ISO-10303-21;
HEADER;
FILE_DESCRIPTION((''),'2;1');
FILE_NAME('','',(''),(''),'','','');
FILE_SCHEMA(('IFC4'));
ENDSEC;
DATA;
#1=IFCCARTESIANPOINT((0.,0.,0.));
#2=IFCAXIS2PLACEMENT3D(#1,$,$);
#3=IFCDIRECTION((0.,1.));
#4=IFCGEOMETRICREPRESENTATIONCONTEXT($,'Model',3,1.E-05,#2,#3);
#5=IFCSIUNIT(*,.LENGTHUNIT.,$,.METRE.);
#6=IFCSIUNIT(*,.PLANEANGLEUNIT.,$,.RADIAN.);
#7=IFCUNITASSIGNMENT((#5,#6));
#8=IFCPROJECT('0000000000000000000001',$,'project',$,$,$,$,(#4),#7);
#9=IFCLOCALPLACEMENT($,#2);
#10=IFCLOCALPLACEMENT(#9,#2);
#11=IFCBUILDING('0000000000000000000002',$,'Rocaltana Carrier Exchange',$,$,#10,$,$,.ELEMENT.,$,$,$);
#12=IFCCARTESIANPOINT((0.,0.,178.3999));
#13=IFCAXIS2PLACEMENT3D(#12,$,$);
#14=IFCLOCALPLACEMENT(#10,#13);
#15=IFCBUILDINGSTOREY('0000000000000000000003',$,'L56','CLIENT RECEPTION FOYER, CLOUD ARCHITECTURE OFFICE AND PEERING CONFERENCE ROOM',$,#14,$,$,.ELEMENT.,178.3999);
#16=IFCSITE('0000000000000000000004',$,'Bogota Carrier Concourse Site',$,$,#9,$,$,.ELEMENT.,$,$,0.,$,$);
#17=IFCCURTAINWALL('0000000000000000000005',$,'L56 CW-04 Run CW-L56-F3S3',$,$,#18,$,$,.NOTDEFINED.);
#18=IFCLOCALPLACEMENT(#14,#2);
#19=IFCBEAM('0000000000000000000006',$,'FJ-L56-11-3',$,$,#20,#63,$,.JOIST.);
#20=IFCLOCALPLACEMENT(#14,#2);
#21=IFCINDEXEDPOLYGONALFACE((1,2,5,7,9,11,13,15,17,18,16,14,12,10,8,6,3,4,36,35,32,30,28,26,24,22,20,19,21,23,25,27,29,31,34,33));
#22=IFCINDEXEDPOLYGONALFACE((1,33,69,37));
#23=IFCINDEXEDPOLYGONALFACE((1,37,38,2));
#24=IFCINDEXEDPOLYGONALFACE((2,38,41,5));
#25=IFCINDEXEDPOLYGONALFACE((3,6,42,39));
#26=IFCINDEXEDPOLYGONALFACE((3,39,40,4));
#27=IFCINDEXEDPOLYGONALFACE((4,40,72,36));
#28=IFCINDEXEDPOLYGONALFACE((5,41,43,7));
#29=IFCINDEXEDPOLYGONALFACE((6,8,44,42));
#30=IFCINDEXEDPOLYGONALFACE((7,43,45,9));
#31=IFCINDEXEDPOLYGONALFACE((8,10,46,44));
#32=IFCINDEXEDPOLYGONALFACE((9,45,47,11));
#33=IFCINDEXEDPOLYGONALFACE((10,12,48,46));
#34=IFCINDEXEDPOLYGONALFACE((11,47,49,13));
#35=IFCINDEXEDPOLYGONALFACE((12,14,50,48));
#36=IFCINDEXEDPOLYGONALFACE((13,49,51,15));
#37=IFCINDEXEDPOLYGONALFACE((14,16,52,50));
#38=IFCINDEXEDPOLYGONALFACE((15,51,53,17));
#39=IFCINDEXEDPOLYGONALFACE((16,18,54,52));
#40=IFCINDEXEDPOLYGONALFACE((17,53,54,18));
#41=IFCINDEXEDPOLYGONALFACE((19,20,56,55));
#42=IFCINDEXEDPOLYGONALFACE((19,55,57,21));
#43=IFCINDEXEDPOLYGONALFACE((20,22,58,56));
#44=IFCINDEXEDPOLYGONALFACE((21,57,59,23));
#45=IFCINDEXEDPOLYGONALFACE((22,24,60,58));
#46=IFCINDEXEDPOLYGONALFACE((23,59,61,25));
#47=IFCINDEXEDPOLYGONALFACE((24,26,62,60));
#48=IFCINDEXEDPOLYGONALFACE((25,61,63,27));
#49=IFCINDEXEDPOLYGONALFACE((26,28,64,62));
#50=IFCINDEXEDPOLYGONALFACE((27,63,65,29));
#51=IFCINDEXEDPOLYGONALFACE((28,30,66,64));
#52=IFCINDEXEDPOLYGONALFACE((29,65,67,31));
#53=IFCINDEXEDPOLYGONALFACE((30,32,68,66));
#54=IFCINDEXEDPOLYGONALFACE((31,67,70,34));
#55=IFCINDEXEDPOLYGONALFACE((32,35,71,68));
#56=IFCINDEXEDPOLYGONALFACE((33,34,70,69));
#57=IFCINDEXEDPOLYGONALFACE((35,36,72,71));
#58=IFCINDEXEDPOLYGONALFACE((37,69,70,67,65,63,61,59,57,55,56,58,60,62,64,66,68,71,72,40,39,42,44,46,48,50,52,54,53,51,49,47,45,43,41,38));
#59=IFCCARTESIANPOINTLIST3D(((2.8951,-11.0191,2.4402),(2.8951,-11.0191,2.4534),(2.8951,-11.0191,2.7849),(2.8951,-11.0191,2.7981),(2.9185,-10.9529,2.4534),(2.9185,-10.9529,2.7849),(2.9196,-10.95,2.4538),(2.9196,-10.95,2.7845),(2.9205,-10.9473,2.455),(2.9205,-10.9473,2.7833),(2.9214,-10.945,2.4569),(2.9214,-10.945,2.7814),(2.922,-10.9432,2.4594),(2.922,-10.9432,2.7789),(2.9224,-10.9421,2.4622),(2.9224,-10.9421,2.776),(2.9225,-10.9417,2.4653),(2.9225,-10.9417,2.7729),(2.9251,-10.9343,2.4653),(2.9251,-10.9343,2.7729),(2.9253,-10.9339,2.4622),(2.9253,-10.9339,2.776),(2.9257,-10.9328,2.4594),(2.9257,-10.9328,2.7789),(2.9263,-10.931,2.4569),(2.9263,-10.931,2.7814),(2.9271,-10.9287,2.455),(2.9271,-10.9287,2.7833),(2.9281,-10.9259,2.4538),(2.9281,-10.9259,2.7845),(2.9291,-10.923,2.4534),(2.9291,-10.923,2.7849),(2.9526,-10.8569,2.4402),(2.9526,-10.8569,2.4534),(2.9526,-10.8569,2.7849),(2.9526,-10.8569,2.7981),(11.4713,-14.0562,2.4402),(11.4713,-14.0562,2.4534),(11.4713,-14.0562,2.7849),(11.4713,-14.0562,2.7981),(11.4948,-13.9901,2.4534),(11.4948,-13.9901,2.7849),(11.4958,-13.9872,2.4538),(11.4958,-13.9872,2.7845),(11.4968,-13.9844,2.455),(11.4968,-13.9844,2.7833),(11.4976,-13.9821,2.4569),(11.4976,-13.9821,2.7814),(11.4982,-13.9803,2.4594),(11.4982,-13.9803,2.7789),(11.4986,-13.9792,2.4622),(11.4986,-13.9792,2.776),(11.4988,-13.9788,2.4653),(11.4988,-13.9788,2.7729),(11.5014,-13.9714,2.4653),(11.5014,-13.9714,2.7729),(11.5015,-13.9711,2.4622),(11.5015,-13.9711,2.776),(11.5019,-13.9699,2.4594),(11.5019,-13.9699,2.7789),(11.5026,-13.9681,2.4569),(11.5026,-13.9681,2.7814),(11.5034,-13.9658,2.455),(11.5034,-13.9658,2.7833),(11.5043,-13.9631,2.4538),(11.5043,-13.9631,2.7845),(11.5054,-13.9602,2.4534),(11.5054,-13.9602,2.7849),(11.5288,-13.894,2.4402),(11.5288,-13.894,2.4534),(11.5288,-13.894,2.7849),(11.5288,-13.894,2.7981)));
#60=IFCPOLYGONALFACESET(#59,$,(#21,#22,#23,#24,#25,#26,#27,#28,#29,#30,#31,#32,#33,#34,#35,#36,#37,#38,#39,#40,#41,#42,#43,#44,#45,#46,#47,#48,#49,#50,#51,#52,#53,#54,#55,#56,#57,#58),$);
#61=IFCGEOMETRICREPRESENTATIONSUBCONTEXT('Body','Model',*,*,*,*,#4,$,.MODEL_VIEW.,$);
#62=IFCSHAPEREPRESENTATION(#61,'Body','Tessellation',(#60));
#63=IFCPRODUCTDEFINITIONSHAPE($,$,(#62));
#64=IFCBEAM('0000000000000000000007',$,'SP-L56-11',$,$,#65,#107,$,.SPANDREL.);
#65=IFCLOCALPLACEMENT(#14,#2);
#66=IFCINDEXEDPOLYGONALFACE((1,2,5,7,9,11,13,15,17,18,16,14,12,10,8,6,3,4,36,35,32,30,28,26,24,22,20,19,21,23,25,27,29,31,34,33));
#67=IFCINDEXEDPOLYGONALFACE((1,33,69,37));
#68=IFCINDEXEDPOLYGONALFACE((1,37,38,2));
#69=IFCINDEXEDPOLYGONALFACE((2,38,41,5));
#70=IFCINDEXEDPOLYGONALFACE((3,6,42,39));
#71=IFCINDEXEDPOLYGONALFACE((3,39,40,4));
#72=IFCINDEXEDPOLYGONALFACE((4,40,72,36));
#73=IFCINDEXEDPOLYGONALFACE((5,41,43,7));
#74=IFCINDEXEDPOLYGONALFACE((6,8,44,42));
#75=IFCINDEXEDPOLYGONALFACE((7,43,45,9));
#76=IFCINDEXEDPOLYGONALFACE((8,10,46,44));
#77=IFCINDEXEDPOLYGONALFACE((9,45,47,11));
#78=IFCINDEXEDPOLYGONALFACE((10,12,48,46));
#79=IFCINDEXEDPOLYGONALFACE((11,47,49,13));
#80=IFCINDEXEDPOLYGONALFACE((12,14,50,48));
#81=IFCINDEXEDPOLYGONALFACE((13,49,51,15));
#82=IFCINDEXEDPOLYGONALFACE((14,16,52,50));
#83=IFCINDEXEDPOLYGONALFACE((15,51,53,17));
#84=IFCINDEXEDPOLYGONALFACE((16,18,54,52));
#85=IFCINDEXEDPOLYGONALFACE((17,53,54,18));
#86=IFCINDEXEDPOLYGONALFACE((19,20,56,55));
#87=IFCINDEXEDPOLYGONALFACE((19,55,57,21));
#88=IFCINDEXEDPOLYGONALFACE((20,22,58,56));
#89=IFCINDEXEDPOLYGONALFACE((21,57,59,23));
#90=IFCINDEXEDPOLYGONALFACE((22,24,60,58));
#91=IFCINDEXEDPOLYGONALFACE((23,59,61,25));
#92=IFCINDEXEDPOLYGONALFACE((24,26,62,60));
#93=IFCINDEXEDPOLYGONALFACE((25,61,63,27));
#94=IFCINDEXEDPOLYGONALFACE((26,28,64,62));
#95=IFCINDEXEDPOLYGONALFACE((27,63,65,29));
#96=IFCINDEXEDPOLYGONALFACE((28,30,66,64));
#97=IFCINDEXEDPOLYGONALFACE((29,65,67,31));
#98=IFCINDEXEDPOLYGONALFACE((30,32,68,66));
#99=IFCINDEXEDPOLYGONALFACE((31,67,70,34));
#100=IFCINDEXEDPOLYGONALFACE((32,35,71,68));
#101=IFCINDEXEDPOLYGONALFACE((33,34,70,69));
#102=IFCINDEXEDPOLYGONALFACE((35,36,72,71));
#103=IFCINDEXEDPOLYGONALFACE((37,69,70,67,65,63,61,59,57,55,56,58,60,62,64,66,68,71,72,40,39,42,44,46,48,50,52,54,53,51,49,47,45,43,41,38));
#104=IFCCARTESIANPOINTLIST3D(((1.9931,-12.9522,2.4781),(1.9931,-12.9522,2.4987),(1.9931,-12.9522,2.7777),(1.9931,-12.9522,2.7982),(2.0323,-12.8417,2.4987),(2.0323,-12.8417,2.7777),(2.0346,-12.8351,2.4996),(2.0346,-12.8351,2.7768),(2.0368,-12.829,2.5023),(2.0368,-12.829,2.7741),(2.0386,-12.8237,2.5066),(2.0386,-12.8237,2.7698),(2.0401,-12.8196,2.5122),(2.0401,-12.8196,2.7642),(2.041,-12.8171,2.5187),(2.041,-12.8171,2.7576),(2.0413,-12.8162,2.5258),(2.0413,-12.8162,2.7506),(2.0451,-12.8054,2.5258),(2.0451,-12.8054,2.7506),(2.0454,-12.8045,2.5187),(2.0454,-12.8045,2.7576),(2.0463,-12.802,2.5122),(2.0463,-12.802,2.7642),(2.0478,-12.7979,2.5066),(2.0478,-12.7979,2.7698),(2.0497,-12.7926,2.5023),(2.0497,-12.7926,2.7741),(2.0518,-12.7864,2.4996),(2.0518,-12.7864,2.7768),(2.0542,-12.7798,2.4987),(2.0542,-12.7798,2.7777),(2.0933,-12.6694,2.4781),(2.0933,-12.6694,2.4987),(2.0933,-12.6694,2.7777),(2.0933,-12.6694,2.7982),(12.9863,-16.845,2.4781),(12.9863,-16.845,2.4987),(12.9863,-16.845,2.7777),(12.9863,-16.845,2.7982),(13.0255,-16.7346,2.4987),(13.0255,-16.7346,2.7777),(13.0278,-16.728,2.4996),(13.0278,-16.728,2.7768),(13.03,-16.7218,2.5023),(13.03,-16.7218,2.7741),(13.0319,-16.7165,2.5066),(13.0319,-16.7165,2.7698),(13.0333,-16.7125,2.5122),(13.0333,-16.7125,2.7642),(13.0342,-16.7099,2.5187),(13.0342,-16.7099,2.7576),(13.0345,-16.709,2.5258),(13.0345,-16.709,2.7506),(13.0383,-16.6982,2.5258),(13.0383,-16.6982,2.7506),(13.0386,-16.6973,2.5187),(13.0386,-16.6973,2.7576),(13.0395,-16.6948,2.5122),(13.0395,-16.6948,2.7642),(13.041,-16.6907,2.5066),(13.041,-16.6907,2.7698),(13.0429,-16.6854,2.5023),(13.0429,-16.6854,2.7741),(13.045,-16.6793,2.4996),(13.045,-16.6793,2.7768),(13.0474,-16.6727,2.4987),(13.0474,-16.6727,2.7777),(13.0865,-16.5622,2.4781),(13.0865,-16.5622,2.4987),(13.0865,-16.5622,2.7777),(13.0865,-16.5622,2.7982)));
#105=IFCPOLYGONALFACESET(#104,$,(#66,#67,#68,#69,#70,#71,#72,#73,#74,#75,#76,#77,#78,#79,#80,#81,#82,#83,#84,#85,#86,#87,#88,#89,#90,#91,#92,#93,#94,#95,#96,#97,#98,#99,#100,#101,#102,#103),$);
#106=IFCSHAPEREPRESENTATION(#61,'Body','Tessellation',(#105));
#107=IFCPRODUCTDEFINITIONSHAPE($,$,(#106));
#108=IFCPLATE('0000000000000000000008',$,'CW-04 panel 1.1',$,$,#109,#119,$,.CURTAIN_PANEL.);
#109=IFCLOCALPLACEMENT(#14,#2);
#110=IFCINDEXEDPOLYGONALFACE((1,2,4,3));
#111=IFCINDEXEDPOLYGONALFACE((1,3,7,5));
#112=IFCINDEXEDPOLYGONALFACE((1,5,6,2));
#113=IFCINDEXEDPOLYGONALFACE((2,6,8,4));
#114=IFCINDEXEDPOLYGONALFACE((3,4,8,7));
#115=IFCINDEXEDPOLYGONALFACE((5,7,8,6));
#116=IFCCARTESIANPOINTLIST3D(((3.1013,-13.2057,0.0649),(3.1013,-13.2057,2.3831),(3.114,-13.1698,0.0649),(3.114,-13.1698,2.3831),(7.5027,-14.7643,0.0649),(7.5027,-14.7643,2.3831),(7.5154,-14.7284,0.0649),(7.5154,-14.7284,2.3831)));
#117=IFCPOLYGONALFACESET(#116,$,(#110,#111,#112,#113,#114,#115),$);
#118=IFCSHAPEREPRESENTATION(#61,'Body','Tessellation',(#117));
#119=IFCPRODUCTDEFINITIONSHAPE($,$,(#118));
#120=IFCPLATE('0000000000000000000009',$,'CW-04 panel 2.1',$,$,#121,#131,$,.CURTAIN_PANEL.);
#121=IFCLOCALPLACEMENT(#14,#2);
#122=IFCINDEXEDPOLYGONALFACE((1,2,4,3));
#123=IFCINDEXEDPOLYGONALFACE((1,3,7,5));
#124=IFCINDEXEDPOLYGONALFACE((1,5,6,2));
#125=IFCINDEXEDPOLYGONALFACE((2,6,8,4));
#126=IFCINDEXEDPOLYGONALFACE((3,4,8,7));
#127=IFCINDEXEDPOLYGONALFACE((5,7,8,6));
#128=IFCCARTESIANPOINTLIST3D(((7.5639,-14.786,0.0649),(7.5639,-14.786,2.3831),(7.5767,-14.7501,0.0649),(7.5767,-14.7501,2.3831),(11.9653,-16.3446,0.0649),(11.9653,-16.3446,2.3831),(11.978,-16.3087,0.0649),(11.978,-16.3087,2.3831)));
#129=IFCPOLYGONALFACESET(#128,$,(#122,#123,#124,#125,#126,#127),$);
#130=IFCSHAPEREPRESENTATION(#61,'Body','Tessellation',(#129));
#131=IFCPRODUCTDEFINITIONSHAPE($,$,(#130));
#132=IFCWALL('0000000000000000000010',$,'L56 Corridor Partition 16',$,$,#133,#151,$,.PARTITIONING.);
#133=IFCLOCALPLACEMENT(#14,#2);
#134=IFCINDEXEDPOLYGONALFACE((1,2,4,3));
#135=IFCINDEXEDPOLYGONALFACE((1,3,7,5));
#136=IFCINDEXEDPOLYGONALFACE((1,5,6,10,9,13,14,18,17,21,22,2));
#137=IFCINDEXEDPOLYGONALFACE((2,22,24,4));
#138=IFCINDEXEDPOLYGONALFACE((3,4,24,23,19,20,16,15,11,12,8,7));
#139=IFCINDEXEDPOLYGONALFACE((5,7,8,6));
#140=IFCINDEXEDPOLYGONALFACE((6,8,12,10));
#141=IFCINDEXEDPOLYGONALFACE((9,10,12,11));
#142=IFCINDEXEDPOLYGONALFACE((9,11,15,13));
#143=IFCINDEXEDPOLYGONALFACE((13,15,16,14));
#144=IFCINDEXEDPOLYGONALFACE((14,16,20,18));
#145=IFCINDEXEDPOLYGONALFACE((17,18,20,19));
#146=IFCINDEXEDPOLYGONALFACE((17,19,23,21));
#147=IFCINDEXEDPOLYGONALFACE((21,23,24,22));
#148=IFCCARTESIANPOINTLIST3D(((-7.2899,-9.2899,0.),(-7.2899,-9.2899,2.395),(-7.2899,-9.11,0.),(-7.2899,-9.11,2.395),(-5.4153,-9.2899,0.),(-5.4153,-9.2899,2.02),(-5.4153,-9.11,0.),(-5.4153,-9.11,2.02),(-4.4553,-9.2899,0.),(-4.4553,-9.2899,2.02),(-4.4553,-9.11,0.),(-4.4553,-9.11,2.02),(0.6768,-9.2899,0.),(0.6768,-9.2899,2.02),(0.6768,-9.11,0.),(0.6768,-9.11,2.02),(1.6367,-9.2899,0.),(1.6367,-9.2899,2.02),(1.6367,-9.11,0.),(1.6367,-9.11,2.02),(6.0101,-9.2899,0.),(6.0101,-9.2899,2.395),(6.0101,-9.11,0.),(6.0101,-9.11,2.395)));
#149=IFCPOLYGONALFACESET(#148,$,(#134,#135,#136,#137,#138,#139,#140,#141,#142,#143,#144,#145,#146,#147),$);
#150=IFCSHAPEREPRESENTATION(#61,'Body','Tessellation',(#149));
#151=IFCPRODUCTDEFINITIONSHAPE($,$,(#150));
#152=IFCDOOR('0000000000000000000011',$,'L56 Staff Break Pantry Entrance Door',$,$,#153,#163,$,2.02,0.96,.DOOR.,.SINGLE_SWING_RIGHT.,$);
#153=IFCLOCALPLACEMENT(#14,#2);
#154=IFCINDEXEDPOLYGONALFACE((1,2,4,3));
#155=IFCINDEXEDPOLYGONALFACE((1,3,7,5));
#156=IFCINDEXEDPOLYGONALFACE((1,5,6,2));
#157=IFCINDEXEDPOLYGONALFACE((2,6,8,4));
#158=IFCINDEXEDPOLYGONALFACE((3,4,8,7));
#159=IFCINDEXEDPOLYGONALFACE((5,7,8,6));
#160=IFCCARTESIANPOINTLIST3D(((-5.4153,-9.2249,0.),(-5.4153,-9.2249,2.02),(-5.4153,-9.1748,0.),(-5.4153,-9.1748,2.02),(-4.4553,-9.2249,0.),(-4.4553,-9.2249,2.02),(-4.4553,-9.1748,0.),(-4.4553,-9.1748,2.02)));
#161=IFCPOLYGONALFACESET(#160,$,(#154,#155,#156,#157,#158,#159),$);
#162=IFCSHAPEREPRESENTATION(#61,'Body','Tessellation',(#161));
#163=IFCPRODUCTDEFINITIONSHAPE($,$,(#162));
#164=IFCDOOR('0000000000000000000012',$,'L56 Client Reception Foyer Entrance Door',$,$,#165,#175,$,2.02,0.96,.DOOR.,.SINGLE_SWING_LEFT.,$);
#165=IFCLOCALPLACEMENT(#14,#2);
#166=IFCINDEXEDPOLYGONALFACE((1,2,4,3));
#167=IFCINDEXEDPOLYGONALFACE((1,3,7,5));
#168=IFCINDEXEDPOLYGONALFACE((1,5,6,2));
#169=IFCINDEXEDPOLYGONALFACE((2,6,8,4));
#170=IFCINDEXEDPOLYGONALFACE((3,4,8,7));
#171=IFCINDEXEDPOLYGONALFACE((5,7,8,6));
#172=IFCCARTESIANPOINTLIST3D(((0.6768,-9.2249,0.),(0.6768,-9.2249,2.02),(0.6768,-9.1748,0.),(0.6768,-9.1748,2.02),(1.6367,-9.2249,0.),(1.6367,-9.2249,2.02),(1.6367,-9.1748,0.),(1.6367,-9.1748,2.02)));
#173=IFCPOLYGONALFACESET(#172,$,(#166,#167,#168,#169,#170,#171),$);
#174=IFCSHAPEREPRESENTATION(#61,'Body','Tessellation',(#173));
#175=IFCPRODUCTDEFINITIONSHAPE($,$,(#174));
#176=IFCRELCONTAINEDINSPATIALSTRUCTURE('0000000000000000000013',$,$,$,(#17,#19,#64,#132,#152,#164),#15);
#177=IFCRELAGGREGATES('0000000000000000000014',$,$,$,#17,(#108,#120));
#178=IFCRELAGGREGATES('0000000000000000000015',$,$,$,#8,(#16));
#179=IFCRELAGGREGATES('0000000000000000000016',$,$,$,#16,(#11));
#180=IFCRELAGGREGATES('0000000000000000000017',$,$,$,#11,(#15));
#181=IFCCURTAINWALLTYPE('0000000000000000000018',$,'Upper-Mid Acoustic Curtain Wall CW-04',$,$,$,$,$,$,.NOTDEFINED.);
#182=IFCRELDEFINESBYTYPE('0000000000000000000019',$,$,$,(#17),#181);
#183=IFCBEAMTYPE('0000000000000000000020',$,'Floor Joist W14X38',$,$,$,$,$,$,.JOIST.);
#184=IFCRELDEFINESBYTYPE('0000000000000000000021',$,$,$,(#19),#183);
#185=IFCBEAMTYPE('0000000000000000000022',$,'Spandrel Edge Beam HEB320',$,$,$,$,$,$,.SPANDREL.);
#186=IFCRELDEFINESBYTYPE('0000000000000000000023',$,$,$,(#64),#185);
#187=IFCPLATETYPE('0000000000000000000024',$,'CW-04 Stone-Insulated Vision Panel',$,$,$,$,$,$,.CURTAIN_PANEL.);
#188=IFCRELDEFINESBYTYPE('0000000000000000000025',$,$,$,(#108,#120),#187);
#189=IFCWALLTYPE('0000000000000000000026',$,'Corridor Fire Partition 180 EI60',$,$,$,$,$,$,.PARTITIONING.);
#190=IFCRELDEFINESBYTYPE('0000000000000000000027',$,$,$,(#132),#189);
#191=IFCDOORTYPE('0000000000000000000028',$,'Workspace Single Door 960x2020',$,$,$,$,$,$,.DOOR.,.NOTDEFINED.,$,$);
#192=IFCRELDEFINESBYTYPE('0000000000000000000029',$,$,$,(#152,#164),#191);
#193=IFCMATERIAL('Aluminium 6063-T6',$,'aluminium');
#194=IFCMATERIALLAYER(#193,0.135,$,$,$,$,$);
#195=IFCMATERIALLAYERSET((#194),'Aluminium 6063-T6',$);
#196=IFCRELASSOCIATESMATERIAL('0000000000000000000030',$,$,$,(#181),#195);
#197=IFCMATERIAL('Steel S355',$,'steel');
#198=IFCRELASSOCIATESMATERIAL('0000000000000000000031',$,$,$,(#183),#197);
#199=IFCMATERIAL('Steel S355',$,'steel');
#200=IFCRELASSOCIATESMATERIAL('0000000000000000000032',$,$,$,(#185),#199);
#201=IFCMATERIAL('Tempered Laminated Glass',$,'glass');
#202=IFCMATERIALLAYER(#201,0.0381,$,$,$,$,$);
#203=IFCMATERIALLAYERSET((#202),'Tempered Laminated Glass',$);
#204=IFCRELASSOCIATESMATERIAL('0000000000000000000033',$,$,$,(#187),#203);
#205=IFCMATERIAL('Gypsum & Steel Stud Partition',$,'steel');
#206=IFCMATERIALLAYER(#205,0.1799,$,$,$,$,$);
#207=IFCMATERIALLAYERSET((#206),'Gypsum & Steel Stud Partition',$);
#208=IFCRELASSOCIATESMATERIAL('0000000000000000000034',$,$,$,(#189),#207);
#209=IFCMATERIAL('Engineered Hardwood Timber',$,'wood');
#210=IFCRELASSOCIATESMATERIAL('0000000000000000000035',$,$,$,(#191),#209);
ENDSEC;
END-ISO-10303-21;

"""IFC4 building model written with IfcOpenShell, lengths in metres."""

from ifc_helpers import new_model, si_unit, direction, frame, frame_2d, origin, origin_2d, place, context, subcontext, project, spatial, rectangle, i_section, extrude, material, layer, layer_set, material_profile, profile_set, type_object, element, fill, aggregate, save


model = new_model("IFC4")

# Units and contexts
model_context = context("Model", 3, precision=1e-05, world=origin(), true_north=direction((0.0, 1.0)))
body_context = subcontext(model_context, "Body", "Model", "MODEL_VIEW")
ifc_project = project(units=[si_unit("LENGTHUNIT", "METRE"), si_unit("PLANEANGLEUNIT", "RADIAN")], contexts=[model_context])

# Site, building, storey
site_placement = place(None, origin())
site = spatial("IfcSite", under=ifc_project, at=site_placement, Name="Bogota Carrier Concourse Site", CompositionType="ELEMENT", RefElevation=0.0)
building_placement = place(site_placement, origin())
building = spatial("IfcBuilding", under=site, at=building_placement, Name="Rocaltana Carrier Exchange", CompositionType="ELEMENT")
storey_placement = place(building_placement, frame((0.0, 0.0, 178.3999)))
storey = spatial("IfcBuildingStorey", under=building, at=storey_placement, Name="L56", Description="CLIENT RECEPTION FOYER, CLOUD ARCHITECTURE OFFICE AND PEERING CONFERENCE ROOM", CompositionType="ELEMENT", Elevation=178.3999)

# Shared definitions
ifc_material_1 = material(Name="Aluminium 6063-T6", Category="aluminium")
ifc_layer_1 = layer(ifc_material_1, 0.135)
ifc_layer_set_1 = layer_set([ifc_layer_1], Name="Aluminium 6063-T6")
curtain_wall_type = type_object("IfcCurtainWallType", Name="Upper-Mid Acoustic Curtain Wall CW-04", PredefinedType="NOTDEFINED", material=ifc_layer_set_1)

# Curtain wall
curtain_wall_1_placement = place(storey_placement, origin())
curtain_wall_1 = element("IfcCurtainWall", 1, at=curtain_wall_1_placement, inside=storey, type_object=curtain_wall_type, Name="L56 CW-04 Run CW-L56-F3S3", PredefinedType="NOTDEFINED")

# Beams
ifc_material_2 = material(Name="Steel S355", Category="steel")
ifc_material_profile_1 = material_profile(ifc_material_2, i_section(OverallWidth=0.1721, OverallDepth=0.3579, WebThickness=0.0078, FlangeThickness=0.0132, FilletRadius=0.012, at=origin_2d()), Name="W14X38")
ifc_profile_set_1 = profile_set([ifc_material_profile_1], Name="Steel S355")
beam_type_1 = type_object("IfcBeamType", Name="Floor Joist W14X38", PredefinedType="JOIST", material=ifc_profile_set_1)
beam_1_placement = place(storey_placement, frame((2.9238, -10.938, 2.6191), z_axis=(0.942637, -0.333819, 0.0), x_axis=(0.333819, 0.942637, 0.0)))
element("IfcBeam", 2, at=beam_1_placement, inside=storey, type_object=beam_type_1, Name="FJ-L56-11-3", PredefinedType="JOIST", context=body_context, shape_type="SweptSolid", body=[
    extrude(i_section(OverallWidth=0.1721, OverallDepth=0.3579, WebThickness=0.0078, FlangeThickness=0.0132, FilletRadius=0.012, at=origin_2d()), origin(), (0.0, 0.0, 1.0), 9.0981),
])
ifc_material_3 = material(Name="Steel S355", Category="steel")
ifc_material_profile_2 = material_profile(ifc_material_3, i_section(OverallWidth=0.3, OverallDepth=0.3201, WebThickness=0.0115, FlangeThickness=0.0205, FilletRadius=0.0271, at=origin_2d()), Name="HEB320")
ifc_profile_set_2 = profile_set([ifc_material_profile_2], Name="Steel S355")
beam_type_2 = type_object("IfcBeamType", Name="Spandrel Edge Beam HEB320", PredefinedType="SPANDREL", material=ifc_profile_set_2)
beam_2_placement = place(storey_placement, frame((2.0432, -12.8108, 2.6382), z_axis=(0.942643, -0.333802, 0.0), x_axis=(0.333802, 0.942643, 0.0)))
element("IfcBeam", 3, at=beam_2_placement, inside=storey, type_object=beam_type_2, Name="SP-L56-11", PredefinedType="SPANDREL", context=body_context, shape_type="SweptSolid", body=[
    extrude(i_section(OverallWidth=0.3, OverallDepth=0.3201, WebThickness=0.0115, FlangeThickness=0.0205, FilletRadius=0.0271, at=origin_2d()), origin(), (0.0, 0.0, 1.0), 11.6621),
])

# Plates
ifc_material_4 = material(Name="Tempered Laminated Glass", Category="glass")
ifc_layer_2 = layer(ifc_material_4, 0.0381)
ifc_layer_set_2 = layer_set([ifc_layer_2], Name="Tempered Laminated Glass")
plate_type = type_object("IfcPlateType", Name="CW-04 Stone-Insulated Vision Panel", PredefinedType="CURTAIN_PANEL", material=ifc_layer_set_2)
plate_1_placement = place(storey_placement, frame((5.3083, -13.967, 0.0649), z_axis=(0.0, 0.0, 1.0), x_axis=(0.942644, -0.333799, 0.0)))
plate_1 = element("IfcPlate", 4, at=plate_1_placement, type_object=plate_type, Name="CW-04 panel 1.1", PredefinedType="CURTAIN_PANEL", context=body_context, shape_type="SweptSolid", body=[
    extrude(rectangle(XDim=4.6692, YDim=0.0381, at=origin_2d()), origin(), (0.0, 0.0, 1.0), 2.3181),
])
plate_2_placement = place(storey_placement, frame((9.771, -15.5474, 0.0649), z_axis=(0.0, 0.0, 1.0), x_axis=(0.942644, -0.333799, 0.0)))
plate_2 = element("IfcPlate", 5, at=plate_2_placement, type_object=plate_type, Name="CW-04 panel 2.1", PredefinedType="CURTAIN_PANEL", context=body_context, shape_type="SweptSolid", body=[
    extrude(rectangle(XDim=4.6692, YDim=0.0381, at=origin_2d()), origin(), (0.0, 0.0, 1.0), 2.3181),
])
aggregate(curtain_wall_1, [plate_1, plate_2])

# Wall, openings, doors
ifc_material_5 = material(Name="Gypsum & Steel Stud Partition", Category="steel")
ifc_layer_3 = layer(ifc_material_5, 0.1799)
ifc_layer_set_3 = layer_set([ifc_layer_3], Name="Gypsum & Steel Stud Partition")
wall_type_1 = type_object("IfcWallType", Name="Corridor Fire Partition 180 EI60", PredefinedType="PARTITIONING", material=ifc_layer_set_3)
wall_1_placement = place(storey_placement, frame((6.01, -9.2, 0.0), z_axis=(0.0, 0.0, 1.0), x_axis=(-1.0, 0.0, 0.0)))
wall_1 = element("IfcWall", 6, at=wall_1_placement, inside=storey, type_object=wall_type_1, Name="L56 Corridor Partition 16", PredefinedType="PARTITIONING", context=body_context, shape_type="SweptSolid", body=[
    extrude(rectangle(XDim=13.3, YDim=0.1799, at=frame_2d((6.6499, 0.0))), origin(), (0.0, 0.0, 1.0), 2.395),
])
opening_1_placement = place(wall_1_placement, frame((10.4653, 0.0, 0.0)))
opening_1 = element("IfcOpeningElement", 7, at=opening_1_placement, cuts=wall_1, PredefinedType="OPENING", context=body_context, shape_type="SweptSolid", body=[
    extrude(rectangle(XDim=0.96, YDim=2.02, at=frame_2d((0.48, 1.01))), frame((0.0, 0.0999, 0.0), z_axis=(0.0, -1.0, 0.0), x_axis=(1.0, 0.0, 0.0)), (0.0, 0.0, 1.0), 0.2),
])
opening_2_placement = place(wall_1_placement, frame((4.3733, 0.0, 0.0)))
opening_2 = element("IfcOpeningElement", 8, at=opening_2_placement, cuts=wall_1, PredefinedType="OPENING", context=body_context, shape_type="SweptSolid", body=[
    extrude(rectangle(XDim=0.96, YDim=2.02, at=frame_2d((0.48, 1.01))), frame((0.0, 0.0999, 0.0), z_axis=(0.0, -1.0, 0.0), x_axis=(1.0, 0.0, 0.0)), (0.0, 0.0, 1.0), 0.2),
])
ifc_material_6 = material(Name="Engineered Hardwood Timber", Category="wood")
door_type = type_object("IfcDoorType", Name="Workspace Single Door 960x2020", OperationType="NOTDEFINED", PredefinedType="DOOR", material=ifc_material_6)
door_1_placement = place(opening_1_placement, origin())
door_1 = element("IfcDoor", 9, at=door_1_placement, inside=storey, type_object=door_type, Name="L56 Staff Break Pantry Entrance Door", OperationType="SINGLE_SWING_RIGHT", OverallHeight=2.02, OverallWidth=0.96, PredefinedType="DOOR", context=body_context, shape_type="SweptSolid", body=[
    extrude(rectangle(XDim=0.96, YDim=2.02, at=frame_2d((0.48, 1.01))), frame((0.0, 0.0249, 0.0), z_axis=(0.0, -1.0, 0.0), x_axis=(1.0, 0.0, 0.0)), (0.0, 0.0, 1.0), 0.05),
])
fill(opening_1, door_1)
door_2_placement = place(opening_2_placement, origin())
door_2 = element("IfcDoor", 10, at=door_2_placement, inside=storey, type_object=door_type, Name="L56 Client Reception Foyer Entrance Door", OperationType="SINGLE_SWING_LEFT", OverallHeight=2.02, OverallWidth=0.96, PredefinedType="DOOR", context=body_context, shape_type="SweptSolid", body=[
    extrude(rectangle(XDim=0.96, YDim=2.02, at=frame_2d((0.48, 1.01))), frame((0.0, 0.0249, 0.0), z_axis=(0.0, -1.0, 0.0), x_axis=(1.0, 0.0, 0.0)), (0.0, 0.0, 1.0), 0.05),
])
fill(opening_2, door_2)

save(model, "model.ifc")
